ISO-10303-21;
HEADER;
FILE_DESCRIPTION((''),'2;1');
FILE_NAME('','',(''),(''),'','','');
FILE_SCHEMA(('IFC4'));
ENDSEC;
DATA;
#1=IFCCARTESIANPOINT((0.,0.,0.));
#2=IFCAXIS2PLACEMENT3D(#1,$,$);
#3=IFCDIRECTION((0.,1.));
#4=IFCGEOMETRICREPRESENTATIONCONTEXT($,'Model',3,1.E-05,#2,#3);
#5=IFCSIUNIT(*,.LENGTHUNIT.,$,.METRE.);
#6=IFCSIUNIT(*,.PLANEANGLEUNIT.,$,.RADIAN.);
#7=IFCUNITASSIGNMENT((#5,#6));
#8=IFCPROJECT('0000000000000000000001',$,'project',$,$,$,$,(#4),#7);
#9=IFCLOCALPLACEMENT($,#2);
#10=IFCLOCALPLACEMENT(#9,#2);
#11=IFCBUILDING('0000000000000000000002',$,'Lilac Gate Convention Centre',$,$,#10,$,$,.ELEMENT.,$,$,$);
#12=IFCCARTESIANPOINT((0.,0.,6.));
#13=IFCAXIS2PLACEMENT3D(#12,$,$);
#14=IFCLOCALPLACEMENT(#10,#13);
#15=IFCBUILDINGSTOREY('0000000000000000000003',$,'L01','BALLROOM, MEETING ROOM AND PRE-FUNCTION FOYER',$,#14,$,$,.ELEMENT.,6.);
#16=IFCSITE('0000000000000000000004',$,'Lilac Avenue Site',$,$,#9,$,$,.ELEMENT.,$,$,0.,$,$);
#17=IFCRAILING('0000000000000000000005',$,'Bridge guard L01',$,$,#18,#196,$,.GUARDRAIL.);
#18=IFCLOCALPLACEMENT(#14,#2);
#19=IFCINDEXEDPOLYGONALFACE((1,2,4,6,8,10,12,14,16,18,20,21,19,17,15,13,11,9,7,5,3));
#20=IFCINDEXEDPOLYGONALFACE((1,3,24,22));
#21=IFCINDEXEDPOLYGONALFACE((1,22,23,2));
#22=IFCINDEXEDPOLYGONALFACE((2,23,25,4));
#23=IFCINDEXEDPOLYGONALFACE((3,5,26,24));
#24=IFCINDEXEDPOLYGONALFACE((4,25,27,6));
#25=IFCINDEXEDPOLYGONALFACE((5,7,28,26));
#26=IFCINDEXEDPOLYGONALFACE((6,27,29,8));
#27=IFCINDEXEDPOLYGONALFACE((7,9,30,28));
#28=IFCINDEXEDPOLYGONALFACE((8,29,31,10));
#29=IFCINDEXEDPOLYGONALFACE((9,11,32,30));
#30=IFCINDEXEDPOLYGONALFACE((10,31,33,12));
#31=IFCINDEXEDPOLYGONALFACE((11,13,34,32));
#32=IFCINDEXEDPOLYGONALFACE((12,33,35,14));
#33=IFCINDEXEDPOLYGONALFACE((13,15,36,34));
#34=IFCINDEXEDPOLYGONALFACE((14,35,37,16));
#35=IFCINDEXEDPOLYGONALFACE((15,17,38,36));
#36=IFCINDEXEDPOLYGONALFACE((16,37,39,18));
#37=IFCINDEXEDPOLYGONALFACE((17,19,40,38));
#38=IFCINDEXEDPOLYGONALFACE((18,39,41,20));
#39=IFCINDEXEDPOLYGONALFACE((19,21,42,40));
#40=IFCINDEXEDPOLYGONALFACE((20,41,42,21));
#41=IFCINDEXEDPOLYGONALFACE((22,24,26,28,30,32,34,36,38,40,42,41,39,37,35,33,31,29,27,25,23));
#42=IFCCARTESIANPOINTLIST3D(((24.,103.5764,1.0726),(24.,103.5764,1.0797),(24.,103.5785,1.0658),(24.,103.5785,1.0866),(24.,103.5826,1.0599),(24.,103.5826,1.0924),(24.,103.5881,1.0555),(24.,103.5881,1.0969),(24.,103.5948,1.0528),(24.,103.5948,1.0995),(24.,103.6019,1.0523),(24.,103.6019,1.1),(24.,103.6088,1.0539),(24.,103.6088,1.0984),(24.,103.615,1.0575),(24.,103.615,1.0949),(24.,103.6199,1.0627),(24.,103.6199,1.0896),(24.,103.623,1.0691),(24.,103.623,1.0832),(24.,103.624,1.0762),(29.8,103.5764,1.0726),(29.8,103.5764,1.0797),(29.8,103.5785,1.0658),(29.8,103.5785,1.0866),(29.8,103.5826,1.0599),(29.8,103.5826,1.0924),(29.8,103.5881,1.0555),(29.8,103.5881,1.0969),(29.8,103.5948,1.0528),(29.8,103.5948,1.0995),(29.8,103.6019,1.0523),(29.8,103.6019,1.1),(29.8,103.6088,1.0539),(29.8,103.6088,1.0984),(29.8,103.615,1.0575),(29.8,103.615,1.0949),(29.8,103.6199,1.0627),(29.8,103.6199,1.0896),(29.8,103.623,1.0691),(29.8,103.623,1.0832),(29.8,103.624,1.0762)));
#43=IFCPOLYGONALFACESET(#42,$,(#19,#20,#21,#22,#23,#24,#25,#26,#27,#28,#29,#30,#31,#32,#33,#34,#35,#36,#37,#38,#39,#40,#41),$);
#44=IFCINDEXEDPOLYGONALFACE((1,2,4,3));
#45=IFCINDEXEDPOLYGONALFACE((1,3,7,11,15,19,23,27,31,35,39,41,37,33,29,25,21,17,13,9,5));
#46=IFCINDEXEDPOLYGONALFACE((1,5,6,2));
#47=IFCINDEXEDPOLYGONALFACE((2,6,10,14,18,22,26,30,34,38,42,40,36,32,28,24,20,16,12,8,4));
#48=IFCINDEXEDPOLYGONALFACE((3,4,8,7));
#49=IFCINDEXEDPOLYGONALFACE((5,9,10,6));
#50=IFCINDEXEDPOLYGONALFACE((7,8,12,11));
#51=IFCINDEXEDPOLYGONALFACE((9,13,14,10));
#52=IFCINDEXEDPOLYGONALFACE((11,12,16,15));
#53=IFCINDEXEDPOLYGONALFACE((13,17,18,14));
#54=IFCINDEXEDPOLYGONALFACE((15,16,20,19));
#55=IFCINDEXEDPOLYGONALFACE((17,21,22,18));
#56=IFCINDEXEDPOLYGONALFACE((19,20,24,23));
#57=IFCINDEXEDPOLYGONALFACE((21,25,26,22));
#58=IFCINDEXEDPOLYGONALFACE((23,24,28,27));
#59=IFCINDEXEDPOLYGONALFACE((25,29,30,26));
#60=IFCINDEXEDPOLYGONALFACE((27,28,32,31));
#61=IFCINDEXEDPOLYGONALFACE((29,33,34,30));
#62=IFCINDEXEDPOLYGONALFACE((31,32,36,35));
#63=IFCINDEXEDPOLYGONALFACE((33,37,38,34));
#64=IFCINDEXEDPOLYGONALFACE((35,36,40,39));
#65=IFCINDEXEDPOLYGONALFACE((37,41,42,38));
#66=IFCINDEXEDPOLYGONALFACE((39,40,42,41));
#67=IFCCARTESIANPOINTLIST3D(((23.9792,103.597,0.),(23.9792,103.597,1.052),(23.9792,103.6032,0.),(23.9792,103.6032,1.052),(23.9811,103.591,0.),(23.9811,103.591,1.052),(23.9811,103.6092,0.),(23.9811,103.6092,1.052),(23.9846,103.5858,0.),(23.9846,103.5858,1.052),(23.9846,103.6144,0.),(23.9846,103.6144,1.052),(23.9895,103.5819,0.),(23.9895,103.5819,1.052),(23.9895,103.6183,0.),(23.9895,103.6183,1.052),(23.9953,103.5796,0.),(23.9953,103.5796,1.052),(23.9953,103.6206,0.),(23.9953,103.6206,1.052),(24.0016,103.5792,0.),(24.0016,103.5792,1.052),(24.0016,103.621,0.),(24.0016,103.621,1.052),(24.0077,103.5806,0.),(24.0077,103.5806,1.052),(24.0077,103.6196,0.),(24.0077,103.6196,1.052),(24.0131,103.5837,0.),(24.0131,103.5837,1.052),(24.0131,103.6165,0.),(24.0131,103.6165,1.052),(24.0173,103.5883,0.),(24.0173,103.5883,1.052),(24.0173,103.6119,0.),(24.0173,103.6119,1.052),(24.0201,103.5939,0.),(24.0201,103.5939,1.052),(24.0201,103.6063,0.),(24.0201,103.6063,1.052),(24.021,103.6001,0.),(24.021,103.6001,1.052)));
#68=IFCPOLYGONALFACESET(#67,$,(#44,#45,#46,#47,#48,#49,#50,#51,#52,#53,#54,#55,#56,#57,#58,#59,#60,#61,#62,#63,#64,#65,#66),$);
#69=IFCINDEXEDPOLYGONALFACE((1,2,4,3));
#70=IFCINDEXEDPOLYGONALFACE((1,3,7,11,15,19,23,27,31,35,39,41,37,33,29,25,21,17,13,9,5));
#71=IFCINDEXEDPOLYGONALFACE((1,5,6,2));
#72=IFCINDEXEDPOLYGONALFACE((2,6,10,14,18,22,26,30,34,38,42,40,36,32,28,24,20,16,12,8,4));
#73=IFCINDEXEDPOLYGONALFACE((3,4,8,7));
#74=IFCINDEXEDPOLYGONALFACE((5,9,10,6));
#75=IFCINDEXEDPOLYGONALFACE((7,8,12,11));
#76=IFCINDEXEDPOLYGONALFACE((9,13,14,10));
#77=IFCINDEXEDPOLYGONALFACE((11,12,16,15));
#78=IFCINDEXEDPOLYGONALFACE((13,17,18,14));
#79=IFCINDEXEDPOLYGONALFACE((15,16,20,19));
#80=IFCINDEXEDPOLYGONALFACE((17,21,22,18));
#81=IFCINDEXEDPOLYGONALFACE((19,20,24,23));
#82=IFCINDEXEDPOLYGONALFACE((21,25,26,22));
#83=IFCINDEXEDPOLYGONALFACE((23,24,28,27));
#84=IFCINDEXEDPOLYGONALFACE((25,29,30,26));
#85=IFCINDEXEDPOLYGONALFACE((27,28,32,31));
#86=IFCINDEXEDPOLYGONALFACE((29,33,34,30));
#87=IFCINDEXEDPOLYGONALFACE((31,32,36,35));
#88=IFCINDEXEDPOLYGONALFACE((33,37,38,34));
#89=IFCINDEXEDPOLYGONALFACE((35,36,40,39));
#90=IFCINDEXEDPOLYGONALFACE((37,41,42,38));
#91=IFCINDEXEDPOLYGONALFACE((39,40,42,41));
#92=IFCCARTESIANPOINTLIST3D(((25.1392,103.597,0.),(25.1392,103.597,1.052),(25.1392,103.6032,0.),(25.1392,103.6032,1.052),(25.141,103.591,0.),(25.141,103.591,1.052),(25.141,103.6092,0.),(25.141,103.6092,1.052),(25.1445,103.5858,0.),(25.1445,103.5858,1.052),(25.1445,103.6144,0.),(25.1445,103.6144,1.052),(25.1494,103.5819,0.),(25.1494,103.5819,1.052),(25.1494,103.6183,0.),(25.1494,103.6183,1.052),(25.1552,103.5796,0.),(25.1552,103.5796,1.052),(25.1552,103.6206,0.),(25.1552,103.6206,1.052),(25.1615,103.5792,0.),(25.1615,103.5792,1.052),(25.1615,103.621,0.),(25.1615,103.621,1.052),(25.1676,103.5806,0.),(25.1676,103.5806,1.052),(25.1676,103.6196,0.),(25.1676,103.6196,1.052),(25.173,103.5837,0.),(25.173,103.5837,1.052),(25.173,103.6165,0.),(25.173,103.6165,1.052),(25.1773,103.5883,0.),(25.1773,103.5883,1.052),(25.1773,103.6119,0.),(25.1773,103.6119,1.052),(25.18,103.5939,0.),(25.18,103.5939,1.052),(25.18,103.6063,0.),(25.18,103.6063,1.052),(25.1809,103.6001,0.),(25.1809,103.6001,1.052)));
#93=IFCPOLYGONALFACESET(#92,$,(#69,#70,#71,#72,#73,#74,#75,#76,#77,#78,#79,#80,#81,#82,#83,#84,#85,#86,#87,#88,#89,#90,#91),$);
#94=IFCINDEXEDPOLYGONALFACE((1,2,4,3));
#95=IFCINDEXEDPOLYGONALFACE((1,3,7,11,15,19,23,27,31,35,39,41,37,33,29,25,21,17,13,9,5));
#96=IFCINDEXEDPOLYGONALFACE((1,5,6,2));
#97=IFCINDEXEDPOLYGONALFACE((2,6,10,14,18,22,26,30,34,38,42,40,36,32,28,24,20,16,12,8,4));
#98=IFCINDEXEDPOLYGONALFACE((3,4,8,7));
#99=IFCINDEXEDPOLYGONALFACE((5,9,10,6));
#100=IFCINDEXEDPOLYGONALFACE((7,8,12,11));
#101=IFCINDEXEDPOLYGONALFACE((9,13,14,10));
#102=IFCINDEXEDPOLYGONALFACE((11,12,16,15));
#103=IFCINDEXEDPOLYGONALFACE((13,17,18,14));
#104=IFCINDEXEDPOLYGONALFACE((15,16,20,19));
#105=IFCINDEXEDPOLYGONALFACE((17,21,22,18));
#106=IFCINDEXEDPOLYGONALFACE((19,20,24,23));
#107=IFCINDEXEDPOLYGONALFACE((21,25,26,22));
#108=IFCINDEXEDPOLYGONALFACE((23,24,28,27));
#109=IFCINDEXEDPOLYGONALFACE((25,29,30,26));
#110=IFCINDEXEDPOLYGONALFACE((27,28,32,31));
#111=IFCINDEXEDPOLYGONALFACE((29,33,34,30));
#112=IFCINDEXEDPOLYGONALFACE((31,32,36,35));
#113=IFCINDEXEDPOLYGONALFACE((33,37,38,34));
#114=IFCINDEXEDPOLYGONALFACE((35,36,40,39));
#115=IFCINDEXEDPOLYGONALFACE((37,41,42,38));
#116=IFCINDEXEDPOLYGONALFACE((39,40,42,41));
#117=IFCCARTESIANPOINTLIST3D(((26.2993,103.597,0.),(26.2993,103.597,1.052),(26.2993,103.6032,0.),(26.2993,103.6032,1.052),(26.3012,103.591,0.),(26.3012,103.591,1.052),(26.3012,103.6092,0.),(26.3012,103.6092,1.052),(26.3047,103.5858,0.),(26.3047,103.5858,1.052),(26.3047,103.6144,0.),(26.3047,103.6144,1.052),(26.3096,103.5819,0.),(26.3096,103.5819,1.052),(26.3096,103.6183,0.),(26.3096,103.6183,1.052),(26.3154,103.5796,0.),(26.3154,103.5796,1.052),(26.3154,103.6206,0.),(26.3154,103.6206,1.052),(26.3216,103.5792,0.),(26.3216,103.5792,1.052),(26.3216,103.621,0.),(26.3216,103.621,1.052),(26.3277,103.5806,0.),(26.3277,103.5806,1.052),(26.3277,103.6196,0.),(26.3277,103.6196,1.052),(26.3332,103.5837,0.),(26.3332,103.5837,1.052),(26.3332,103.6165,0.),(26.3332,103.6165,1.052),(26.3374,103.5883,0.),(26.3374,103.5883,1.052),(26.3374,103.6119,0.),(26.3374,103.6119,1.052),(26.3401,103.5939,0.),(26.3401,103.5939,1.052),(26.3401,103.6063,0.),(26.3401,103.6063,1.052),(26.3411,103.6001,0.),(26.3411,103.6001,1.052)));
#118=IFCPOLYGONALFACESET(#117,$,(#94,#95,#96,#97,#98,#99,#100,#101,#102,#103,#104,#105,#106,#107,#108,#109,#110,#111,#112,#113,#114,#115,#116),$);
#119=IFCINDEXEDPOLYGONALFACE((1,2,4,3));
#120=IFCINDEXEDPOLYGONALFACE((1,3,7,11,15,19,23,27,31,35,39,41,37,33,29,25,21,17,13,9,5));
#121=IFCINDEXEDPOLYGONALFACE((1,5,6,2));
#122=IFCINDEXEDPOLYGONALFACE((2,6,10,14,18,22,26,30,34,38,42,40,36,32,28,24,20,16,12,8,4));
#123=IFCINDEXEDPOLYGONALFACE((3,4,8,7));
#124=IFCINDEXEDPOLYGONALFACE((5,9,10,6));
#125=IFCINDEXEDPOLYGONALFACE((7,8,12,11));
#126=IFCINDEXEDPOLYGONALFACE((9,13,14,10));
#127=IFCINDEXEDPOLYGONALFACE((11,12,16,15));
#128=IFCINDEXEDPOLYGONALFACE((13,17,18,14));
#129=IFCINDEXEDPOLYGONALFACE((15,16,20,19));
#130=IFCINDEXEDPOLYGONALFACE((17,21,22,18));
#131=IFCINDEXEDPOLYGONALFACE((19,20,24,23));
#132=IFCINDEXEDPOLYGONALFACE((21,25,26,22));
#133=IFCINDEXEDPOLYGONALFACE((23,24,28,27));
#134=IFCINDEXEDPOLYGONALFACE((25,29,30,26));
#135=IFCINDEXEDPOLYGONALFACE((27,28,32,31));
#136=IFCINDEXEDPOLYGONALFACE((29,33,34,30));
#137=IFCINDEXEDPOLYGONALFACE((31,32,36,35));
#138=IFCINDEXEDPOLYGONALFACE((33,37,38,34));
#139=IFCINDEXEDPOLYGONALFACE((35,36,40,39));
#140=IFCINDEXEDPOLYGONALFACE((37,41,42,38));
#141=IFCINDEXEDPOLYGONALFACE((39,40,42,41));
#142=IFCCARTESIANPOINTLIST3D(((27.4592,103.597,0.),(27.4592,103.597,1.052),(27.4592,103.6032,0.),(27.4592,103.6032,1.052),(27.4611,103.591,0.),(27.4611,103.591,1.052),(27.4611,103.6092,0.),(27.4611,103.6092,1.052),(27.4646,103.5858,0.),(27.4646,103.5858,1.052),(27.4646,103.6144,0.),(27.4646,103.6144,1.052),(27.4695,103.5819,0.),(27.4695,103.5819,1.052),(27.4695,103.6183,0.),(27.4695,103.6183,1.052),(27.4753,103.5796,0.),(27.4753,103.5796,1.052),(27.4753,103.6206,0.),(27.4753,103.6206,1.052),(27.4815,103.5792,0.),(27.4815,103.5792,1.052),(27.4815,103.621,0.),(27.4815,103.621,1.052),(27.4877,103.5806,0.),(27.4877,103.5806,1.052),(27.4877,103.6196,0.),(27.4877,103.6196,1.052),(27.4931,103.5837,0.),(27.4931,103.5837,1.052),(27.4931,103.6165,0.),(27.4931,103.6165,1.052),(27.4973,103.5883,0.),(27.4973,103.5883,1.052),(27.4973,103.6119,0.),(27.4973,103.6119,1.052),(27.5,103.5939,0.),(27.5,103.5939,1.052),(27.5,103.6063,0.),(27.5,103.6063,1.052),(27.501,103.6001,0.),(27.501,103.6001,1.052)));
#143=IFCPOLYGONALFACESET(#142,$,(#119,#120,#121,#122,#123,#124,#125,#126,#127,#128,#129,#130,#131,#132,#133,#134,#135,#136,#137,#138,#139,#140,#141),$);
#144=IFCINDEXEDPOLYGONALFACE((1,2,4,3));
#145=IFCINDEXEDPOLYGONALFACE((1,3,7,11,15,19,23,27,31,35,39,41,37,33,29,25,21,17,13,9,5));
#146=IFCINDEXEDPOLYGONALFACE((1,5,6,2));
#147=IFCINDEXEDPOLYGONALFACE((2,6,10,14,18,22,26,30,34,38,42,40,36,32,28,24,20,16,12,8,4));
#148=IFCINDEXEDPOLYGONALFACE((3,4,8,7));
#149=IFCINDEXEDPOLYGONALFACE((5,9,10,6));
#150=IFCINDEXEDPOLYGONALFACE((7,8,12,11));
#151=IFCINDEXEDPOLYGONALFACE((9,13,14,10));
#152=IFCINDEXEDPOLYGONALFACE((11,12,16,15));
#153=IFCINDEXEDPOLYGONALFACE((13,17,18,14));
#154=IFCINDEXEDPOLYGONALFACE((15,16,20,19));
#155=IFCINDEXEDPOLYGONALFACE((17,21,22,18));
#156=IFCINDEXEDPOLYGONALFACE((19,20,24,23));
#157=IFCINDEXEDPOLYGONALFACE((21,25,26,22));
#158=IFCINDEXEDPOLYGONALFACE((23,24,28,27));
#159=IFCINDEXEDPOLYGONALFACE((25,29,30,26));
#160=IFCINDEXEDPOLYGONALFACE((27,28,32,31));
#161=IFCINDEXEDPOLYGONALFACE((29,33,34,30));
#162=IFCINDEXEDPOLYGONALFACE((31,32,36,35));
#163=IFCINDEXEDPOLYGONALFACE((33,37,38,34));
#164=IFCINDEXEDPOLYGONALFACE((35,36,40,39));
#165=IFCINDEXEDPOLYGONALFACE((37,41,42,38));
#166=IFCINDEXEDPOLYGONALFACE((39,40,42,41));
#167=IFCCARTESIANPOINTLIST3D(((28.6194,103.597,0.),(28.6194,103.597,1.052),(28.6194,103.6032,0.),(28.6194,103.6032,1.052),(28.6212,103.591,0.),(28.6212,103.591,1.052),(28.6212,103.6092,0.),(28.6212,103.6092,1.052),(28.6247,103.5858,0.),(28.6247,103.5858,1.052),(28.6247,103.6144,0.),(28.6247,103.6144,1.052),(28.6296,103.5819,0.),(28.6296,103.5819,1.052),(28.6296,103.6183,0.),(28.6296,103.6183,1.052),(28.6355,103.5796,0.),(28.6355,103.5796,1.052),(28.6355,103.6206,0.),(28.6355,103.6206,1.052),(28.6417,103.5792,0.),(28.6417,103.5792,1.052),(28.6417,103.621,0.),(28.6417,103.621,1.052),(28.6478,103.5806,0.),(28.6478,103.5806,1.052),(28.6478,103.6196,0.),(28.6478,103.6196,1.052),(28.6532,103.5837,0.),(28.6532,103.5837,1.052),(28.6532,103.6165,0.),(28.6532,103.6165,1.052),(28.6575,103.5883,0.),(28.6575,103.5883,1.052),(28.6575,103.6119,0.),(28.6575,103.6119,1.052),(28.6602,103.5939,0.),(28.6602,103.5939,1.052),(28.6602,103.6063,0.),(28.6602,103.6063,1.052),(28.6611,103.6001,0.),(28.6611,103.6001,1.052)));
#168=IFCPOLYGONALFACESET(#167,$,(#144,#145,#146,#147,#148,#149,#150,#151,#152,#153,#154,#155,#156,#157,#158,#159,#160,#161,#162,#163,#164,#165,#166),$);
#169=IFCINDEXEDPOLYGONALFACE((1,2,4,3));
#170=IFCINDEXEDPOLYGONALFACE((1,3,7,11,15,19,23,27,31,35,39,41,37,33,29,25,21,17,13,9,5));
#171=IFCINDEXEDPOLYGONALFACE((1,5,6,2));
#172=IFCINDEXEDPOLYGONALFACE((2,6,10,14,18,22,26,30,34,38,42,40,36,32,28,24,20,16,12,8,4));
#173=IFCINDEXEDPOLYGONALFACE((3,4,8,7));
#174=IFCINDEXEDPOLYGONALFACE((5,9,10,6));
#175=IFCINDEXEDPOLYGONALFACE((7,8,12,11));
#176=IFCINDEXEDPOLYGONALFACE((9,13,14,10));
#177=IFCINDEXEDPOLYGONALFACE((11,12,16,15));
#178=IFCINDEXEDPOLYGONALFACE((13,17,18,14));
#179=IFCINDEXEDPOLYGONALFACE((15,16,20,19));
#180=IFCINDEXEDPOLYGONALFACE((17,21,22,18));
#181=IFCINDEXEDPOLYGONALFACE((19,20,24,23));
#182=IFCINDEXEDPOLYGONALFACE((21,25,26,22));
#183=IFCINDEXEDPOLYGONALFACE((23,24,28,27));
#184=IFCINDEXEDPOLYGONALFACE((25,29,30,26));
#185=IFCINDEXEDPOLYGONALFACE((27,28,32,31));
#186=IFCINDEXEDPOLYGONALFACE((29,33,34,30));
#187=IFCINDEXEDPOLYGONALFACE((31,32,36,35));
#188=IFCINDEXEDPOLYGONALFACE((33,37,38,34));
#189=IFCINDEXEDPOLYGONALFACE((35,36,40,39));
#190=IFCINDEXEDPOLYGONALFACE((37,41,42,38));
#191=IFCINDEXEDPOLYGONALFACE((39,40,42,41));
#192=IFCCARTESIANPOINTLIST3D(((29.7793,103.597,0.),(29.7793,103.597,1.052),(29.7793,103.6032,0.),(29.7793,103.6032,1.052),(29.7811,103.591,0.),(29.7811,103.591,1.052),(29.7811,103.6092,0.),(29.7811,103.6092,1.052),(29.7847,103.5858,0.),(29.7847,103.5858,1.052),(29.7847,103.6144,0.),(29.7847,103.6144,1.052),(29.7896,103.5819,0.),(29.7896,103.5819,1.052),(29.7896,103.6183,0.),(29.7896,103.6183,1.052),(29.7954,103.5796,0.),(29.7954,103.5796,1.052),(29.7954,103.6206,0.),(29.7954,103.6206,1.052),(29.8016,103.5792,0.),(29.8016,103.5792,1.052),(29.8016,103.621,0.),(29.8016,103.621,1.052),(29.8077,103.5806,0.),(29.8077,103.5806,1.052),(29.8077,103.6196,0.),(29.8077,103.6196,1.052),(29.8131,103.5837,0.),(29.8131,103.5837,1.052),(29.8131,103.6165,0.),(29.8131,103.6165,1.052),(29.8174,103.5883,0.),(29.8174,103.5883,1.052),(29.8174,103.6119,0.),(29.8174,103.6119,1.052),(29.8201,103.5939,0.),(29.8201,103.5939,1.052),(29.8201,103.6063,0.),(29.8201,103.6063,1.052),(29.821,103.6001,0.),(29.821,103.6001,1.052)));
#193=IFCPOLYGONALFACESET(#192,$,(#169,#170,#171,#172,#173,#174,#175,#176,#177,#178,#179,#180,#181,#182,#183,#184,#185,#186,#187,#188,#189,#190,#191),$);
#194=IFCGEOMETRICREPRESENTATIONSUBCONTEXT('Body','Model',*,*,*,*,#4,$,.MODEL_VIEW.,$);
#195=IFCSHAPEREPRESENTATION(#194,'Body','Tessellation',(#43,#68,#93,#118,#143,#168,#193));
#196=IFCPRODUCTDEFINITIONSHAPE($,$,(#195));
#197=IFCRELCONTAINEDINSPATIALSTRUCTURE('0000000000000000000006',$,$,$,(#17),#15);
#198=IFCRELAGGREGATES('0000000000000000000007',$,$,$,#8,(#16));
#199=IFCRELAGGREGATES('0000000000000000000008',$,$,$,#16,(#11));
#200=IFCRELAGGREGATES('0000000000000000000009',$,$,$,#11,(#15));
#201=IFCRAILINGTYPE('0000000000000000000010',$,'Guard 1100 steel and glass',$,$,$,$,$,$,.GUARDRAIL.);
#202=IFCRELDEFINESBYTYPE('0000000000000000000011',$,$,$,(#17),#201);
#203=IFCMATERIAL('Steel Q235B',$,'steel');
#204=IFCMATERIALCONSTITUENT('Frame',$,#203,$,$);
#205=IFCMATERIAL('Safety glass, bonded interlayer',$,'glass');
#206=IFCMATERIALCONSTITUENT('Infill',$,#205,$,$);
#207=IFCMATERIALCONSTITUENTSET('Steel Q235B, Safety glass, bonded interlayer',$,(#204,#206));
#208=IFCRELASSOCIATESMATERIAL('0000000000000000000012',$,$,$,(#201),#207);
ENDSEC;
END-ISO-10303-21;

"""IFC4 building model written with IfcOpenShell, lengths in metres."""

from ifc_helpers import new_model, si_unit, direction, frame, origin, origin_2d, place, context, subcontext, project, spatial, circle, extrude, material, constituent, constituent_set, type_object, element, save


model = new_model("IFC4")

# Units and contexts
model_context = context("Model", 3, precision=1e-05, world=origin(), true_north=direction((0.0, 1.0)))
body_context = subcontext(model_context, "Body", "Model", "MODEL_VIEW")
ifc_project = project(units=[si_unit("LENGTHUNIT", "METRE"), si_unit("PLANEANGLEUNIT", "RADIAN")], contexts=[model_context])

# Site, building, storey
site_placement = place(None, origin())
site = spatial("IfcSite", under=ifc_project, at=site_placement, Name="Lilac Avenue Site", CompositionType="ELEMENT", RefElevation=0.0)
building_placement = place(site_placement, origin())
building = spatial("IfcBuilding", under=site, at=building_placement, Name="Lilac Gate Convention Centre", CompositionType="ELEMENT")
storey_placement = place(building_placement, frame((0.0, 0.0, 6.0)))
storey = spatial("IfcBuildingStorey", under=building, at=storey_placement, Name="L01", Description="BALLROOM, MEETING ROOM AND PRE-FUNCTION FOYER", CompositionType="ELEMENT", Elevation=6.0)

# Railing
ifc_material_1 = material(Name="Steel Q235B", Category="steel")
ifc_constituent_1 = constituent(ifc_material_1, Name="Frame")
ifc_material_2 = material(Name="Safety glass, bonded interlayer", Category="glass")
ifc_constituent_2 = constituent(ifc_material_2, Name="Infill")
ifc_constituent_set = constituent_set(constituents=[ifc_constituent_1, ifc_constituent_2], Name="Steel Q235B, Safety glass, bonded interlayer")
railing_type_1 = type_object("IfcRailingType", Name="Guard 1100 steel and glass", PredefinedType="GUARDRAIL", material=ifc_constituent_set)
for number, where, name in (
    (1, (24.0, 103.6001, 0.0), "Bridge guard L01"),
):
    element("IfcRailing", number, at=place(storey_placement, frame(where)), inside=storey, type_object=railing_type_1, Name=name, PredefinedType="GUARDRAIL", context=body_context, shape_type="SweptSolid", body=[
        extrude(circle(Radius=0.0239, at=origin_2d()), frame((0.0, 0.0, 1.0762), z_axis=(1.0, 0.0, 0.0), x_axis=(0.0, 1.0, 0.0)), (0.0, 0.0, 1.0), 5.8),
        extrude(circle(Radius=0.021, at=origin_2d()), origin(), (0.0, 0.0, 1.0), 1.052),
        extrude(circle(Radius=0.021, at=origin_2d()), frame((1.1599, 0.0, 0.0)), (0.0, 0.0, 1.0), 1.052),
        extrude(circle(Radius=0.021, at=origin_2d()), frame((2.3201, 0.0, 0.0)), (0.0, 0.0, 1.0), 1.052),
        extrude(circle(Radius=0.021, at=origin_2d()), frame((3.48, 0.0, 0.0)), (0.0, 0.0, 1.0), 1.052),
        extrude(circle(Radius=0.021, at=origin_2d()), frame((4.6401, 0.0, 0.0)), (0.0, 0.0, 1.0), 1.052),
        extrude(circle(Radius=0.021, at=origin_2d()), frame((5.8, 0.0, 0.0)), (0.0, 0.0, 1.0), 1.052),
    ])

save(model, "model.ifc")
